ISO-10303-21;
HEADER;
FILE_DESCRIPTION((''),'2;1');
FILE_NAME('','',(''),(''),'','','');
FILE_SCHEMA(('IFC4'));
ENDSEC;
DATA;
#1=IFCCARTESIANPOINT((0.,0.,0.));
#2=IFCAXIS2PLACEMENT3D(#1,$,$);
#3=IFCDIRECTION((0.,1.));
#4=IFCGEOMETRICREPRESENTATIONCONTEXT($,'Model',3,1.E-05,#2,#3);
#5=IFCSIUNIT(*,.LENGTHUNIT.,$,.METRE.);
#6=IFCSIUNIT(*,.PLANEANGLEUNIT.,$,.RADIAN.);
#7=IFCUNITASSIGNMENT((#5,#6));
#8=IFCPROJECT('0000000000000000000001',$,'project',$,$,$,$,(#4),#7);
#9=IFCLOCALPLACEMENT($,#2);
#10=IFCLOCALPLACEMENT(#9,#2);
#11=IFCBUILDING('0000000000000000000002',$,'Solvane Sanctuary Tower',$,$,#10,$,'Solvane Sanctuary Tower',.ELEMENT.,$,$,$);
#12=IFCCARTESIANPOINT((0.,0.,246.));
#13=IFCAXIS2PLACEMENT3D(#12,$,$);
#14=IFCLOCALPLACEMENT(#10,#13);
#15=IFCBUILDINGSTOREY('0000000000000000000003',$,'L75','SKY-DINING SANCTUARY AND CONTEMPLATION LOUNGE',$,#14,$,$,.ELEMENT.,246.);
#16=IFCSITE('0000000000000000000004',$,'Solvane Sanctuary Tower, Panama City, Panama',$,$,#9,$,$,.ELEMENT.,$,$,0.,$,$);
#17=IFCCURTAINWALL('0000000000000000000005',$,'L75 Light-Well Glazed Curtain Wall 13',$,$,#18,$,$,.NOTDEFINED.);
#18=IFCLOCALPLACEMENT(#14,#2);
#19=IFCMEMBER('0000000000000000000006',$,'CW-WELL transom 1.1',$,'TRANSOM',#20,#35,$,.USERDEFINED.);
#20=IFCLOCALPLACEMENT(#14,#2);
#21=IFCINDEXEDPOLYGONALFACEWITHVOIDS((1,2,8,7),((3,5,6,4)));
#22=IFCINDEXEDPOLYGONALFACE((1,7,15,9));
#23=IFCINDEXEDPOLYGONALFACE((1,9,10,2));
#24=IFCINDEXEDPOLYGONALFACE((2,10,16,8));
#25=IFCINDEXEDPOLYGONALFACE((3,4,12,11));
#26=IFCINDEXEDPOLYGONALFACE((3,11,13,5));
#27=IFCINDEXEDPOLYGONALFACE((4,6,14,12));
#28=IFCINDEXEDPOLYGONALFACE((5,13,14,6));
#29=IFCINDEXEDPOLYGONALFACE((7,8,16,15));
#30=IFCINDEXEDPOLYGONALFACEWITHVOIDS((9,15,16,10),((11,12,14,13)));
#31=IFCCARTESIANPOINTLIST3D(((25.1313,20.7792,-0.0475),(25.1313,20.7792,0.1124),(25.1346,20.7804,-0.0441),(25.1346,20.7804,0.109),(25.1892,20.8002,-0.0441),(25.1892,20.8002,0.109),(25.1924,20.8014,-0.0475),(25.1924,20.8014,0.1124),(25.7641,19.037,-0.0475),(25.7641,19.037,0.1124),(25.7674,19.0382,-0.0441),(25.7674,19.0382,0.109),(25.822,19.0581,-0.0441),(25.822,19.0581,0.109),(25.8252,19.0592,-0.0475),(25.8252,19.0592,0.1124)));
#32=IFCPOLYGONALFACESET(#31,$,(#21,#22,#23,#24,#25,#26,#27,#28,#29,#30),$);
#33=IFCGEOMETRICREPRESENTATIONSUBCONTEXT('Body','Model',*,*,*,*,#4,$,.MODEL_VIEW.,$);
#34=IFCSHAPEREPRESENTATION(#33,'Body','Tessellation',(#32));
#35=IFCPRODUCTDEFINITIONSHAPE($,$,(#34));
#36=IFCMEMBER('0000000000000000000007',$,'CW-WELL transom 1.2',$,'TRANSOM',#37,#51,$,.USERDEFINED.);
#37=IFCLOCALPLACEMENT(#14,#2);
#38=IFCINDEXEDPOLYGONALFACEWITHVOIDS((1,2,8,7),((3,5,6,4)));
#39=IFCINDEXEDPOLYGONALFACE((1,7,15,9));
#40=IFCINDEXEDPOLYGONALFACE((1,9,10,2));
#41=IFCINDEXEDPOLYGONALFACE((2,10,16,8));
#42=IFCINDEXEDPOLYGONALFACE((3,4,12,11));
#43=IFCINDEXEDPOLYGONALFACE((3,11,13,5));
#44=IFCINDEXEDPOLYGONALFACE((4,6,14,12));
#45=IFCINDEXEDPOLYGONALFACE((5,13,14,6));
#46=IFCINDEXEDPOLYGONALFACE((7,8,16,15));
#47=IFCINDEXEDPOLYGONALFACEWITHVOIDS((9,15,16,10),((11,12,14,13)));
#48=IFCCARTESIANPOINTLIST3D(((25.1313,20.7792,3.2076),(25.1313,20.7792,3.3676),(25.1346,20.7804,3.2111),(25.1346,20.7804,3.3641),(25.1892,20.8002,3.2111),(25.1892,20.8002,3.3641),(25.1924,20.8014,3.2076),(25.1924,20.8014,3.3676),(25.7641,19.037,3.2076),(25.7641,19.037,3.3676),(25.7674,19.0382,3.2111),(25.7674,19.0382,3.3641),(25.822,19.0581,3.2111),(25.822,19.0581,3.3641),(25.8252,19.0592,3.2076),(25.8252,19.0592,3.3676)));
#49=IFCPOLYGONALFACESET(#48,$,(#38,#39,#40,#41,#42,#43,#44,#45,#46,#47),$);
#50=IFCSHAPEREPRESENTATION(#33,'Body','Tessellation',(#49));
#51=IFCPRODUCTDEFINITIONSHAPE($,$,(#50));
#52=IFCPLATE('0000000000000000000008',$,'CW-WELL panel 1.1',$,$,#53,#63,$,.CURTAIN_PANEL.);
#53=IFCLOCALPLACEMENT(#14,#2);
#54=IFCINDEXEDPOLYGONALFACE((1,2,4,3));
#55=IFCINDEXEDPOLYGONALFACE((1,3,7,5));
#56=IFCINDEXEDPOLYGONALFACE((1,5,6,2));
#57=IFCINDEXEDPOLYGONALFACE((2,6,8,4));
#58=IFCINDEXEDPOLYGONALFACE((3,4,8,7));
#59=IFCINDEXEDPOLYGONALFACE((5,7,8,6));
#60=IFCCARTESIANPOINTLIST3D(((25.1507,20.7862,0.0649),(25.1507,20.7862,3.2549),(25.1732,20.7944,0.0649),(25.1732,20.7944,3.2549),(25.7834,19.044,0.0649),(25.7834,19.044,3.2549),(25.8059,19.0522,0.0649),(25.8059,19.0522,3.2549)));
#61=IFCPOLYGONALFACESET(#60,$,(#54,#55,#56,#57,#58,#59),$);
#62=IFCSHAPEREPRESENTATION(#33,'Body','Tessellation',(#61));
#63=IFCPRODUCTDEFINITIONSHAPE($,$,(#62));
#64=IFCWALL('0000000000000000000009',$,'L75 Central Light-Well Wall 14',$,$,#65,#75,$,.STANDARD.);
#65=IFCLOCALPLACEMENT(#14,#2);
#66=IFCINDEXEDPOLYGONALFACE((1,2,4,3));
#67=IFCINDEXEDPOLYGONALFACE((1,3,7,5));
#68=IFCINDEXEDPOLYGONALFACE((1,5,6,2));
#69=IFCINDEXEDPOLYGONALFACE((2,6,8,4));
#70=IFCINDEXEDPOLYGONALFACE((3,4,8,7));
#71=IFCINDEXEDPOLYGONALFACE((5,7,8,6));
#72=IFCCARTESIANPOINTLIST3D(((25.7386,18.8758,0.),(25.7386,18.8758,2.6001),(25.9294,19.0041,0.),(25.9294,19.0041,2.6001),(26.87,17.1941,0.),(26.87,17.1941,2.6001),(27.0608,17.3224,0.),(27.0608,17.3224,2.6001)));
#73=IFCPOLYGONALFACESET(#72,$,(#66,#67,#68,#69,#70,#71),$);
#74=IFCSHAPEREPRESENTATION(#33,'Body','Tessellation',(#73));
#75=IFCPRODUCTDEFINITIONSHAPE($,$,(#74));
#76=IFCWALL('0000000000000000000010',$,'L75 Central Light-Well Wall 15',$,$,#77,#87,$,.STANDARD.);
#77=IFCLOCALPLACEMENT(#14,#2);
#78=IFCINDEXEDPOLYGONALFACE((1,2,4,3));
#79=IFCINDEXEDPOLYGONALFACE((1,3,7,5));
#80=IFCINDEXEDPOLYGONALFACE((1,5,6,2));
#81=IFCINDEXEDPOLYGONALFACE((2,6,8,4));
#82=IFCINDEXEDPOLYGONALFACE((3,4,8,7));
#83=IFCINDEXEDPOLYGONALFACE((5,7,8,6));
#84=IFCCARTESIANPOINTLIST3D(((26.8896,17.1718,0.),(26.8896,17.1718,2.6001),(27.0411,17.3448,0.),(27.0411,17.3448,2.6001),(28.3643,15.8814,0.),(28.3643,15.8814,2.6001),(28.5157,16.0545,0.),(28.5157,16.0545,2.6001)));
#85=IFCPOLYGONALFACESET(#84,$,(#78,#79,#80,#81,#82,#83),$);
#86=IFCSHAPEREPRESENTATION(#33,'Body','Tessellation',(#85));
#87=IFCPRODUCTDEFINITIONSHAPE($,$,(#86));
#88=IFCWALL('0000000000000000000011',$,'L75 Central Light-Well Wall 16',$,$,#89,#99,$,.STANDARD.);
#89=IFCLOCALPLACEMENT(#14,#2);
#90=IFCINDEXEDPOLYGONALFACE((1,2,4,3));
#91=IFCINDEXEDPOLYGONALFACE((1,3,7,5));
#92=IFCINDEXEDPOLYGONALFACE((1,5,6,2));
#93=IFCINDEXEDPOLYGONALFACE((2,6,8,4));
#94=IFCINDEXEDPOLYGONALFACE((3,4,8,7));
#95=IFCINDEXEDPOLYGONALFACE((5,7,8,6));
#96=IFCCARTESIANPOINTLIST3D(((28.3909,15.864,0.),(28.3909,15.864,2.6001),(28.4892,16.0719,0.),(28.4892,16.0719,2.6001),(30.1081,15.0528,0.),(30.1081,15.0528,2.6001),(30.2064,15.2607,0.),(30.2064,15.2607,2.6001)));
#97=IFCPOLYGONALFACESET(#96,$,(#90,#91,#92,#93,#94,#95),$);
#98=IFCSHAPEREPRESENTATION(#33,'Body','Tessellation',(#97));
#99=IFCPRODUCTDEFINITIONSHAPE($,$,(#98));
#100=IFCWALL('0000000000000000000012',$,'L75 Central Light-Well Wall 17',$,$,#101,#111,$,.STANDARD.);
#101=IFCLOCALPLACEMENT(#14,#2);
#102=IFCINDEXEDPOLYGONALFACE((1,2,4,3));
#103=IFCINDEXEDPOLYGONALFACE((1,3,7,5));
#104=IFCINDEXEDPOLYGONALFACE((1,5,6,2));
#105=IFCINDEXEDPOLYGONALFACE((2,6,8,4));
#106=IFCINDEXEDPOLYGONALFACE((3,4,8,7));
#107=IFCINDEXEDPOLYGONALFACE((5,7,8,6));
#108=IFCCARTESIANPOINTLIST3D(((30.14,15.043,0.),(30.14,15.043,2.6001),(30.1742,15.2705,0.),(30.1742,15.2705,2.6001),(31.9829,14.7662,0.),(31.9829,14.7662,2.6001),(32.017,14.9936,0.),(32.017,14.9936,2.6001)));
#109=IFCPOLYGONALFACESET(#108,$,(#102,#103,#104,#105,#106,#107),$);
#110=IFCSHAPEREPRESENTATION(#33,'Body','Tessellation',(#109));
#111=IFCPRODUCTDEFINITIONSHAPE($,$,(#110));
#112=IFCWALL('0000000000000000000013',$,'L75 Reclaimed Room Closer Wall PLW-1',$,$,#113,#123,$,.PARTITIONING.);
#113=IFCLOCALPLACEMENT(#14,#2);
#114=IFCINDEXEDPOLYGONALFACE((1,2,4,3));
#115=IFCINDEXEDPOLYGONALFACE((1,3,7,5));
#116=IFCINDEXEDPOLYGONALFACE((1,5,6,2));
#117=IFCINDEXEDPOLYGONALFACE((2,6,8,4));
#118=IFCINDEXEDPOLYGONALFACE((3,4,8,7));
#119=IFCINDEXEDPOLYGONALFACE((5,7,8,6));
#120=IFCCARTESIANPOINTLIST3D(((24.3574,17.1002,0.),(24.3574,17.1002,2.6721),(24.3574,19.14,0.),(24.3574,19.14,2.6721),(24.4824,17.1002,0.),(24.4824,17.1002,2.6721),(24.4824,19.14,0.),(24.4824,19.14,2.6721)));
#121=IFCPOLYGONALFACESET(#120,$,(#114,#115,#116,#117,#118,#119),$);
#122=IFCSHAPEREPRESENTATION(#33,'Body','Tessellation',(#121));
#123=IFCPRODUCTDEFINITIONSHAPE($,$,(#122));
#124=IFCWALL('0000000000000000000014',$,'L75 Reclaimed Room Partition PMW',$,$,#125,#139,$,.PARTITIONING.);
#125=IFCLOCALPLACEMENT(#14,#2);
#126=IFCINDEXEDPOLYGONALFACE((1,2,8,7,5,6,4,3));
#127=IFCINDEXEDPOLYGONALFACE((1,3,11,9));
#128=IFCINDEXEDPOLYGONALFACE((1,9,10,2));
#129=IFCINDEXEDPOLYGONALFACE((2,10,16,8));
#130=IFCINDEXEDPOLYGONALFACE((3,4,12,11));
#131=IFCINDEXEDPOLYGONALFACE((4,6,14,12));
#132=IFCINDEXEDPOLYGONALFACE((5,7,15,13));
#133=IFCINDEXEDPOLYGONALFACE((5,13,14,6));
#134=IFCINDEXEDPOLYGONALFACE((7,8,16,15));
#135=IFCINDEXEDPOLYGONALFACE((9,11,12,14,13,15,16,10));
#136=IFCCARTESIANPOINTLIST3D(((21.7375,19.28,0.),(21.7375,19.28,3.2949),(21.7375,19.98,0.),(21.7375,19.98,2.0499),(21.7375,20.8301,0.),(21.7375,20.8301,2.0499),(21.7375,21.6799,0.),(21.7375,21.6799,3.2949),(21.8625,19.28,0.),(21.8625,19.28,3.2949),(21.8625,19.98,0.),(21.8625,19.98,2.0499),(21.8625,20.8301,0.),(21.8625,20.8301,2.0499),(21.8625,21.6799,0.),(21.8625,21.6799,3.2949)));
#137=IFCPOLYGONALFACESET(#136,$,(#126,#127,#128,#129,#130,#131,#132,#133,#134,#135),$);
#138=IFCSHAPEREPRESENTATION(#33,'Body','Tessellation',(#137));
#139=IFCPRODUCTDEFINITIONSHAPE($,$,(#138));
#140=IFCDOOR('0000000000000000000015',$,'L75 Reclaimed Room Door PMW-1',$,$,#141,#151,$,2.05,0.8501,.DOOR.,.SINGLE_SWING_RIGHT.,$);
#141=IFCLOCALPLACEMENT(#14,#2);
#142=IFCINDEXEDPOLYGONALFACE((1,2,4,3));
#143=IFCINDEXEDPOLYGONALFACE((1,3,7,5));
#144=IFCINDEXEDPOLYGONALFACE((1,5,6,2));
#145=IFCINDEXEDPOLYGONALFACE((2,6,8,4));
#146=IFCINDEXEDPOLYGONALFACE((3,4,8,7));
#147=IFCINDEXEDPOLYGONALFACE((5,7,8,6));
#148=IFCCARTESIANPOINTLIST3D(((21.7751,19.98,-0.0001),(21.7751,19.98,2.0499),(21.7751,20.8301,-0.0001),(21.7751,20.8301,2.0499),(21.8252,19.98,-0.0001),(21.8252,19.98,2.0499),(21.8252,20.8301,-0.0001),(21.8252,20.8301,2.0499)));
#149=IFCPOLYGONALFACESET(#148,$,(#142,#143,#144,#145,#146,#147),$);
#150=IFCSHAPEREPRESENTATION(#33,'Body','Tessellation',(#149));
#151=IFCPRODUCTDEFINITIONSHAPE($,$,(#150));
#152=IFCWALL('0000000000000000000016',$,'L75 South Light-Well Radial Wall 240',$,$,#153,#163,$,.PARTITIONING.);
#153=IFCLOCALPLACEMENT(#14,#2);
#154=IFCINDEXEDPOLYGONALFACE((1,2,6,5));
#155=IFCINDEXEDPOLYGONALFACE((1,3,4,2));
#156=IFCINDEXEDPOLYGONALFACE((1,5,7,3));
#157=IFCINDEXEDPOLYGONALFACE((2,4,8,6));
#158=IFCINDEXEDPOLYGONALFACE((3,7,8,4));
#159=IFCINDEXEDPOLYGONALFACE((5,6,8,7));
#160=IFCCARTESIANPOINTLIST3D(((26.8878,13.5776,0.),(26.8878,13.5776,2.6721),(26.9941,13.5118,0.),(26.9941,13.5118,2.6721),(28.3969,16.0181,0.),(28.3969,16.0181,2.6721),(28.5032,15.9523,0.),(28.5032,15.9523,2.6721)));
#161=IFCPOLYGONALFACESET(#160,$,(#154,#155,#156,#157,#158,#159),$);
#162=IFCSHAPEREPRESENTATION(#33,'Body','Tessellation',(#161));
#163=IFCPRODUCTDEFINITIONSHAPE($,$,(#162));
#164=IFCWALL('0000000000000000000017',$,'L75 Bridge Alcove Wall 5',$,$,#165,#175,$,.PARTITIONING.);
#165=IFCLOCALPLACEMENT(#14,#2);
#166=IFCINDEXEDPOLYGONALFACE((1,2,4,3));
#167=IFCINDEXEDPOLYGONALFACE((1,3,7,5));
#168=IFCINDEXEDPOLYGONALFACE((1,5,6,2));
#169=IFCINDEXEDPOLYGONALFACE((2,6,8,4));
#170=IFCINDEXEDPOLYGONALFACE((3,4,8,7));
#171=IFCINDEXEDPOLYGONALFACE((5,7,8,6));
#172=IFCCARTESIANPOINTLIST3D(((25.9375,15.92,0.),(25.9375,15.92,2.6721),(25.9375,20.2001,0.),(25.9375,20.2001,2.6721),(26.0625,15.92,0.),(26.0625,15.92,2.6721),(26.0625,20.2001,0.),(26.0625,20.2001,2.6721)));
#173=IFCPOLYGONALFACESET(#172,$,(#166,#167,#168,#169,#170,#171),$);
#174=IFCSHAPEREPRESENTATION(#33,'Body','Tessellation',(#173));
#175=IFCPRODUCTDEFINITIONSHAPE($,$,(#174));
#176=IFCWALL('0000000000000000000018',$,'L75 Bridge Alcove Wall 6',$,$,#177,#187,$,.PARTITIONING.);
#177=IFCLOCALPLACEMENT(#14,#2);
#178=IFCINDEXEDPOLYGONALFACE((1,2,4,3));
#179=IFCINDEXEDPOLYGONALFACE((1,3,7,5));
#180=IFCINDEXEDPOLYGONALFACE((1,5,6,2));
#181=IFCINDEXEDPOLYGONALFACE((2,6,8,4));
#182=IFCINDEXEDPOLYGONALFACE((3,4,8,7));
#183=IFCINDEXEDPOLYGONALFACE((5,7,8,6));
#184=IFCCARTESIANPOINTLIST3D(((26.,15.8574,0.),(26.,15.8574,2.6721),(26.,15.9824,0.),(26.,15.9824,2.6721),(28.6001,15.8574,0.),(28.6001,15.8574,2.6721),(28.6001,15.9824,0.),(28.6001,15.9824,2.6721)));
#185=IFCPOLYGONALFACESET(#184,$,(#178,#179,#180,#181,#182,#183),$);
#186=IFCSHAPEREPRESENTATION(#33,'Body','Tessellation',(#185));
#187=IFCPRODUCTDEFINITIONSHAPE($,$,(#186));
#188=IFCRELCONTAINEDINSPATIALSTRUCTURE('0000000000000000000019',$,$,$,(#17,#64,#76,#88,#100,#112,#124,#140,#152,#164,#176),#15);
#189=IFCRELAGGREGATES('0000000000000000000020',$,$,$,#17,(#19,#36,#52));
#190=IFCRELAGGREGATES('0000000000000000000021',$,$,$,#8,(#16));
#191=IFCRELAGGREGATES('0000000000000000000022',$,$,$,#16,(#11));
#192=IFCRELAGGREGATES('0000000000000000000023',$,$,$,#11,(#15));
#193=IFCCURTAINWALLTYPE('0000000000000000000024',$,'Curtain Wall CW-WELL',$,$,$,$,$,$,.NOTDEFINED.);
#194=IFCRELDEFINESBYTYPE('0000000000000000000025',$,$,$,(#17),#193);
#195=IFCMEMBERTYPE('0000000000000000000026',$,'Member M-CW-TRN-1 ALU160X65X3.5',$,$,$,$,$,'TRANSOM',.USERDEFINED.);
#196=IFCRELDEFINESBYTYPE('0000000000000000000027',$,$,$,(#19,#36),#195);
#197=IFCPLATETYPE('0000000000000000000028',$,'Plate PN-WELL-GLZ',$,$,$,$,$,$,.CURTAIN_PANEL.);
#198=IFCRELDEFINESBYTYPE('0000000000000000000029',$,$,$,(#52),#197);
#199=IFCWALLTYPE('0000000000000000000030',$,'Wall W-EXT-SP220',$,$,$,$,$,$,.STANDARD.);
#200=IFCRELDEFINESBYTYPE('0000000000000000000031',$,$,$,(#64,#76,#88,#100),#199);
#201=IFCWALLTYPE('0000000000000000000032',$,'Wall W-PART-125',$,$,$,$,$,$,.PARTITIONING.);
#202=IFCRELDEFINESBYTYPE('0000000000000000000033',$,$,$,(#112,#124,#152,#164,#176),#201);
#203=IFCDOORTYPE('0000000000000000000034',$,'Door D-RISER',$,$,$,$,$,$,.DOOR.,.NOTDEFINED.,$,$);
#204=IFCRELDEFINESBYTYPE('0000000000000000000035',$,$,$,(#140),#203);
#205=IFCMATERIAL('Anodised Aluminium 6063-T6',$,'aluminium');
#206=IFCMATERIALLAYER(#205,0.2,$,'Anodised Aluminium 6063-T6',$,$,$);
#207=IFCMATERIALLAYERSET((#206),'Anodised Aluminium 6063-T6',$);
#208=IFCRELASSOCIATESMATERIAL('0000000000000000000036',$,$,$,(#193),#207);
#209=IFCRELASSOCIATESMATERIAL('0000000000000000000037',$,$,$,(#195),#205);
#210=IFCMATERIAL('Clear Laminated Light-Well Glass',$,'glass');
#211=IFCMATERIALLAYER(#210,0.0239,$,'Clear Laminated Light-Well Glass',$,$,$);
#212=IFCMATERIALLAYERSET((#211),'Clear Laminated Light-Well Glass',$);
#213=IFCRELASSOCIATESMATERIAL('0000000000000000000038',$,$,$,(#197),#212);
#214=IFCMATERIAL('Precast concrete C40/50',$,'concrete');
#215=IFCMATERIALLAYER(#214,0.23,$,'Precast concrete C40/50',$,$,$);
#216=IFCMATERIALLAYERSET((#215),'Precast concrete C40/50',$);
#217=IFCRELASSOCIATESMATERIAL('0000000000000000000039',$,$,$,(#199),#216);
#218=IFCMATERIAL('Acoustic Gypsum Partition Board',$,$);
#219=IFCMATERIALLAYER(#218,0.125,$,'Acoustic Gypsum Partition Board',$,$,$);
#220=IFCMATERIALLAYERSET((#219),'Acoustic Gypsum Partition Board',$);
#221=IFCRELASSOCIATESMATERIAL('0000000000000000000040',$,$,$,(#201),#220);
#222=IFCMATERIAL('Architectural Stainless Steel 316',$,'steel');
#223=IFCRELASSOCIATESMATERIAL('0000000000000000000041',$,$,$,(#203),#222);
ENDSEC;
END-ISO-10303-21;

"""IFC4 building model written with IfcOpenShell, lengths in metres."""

from ifc_helpers import new_model, si_unit, direction, frame, frame_2d, origin, origin_2d, place, context, subcontext, project, spatial, rectangle, hollow_rectangle, extrude, material, layer, layer_set, material_profile, profile_set, type_object, element, fill, aggregate, save


model = new_model("IFC4")

# Units and contexts
model_context = context("Model", 3, precision=1e-05, world=origin(), true_north=direction((0.0, 1.0)))
body_context = subcontext(model_context, "Body", "Model", "MODEL_VIEW")
ifc_project = project(units=[si_unit("LENGTHUNIT", "METRE"), si_unit("PLANEANGLEUNIT", "RADIAN")], contexts=[model_context])

# Site, building, storey
site_placement = place(None, origin())
site = spatial("IfcSite", under=ifc_project, at=site_placement, Name="Solvane Sanctuary Tower, Panama City, Panama", CompositionType="ELEMENT", RefElevation=0.0)
building_placement = place(site_placement, origin())
building = spatial("IfcBuilding", under=site, at=building_placement, Name="Solvane Sanctuary Tower", LongName="Solvane Sanctuary Tower", CompositionType="ELEMENT")
storey_placement = place(building_placement, frame((0.0, 0.0, 246.0)))
storey = spatial("IfcBuildingStorey", under=building, at=storey_placement, Name="L75", Description="SKY-DINING SANCTUARY AND CONTEMPLATION LOUNGE", CompositionType="ELEMENT", Elevation=246.0)

# Curtain wall, members, plate
ifc_material_1 = material(Name="Anodised Aluminium 6063-T6", Category="aluminium")
ifc_layer_1 = layer(ifc_material_1, 0.2, Name="Anodised Aluminium 6063-T6")
ifc_layer_set_1 = layer_set([ifc_layer_1], Name="Anodised Aluminium 6063-T6")
curtain_wall_type = type_object("IfcCurtainWallType", Name="Curtain Wall CW-WELL", PredefinedType="NOTDEFINED", material=ifc_layer_set_1)
curtain_wall_placement = place(storey_placement, origin())
curtain_wall = element("IfcCurtainWall", 1, at=curtain_wall_placement, inside=storey, type_object=curtain_wall_type, Name="L75 Light-Well Glazed Curtain Wall 13", PredefinedType="NOTDEFINED")
ifc_material_profile_1 = material_profile(ifc_material_1, hollow_rectangle(XDim=0.0649, YDim=0.1599, WallThickness=0.0034, at=origin_2d()), Name="ALU160X65X3.5")
ifc_profile_set_1 = profile_set([ifc_material_profile_1], Name="Anodised Aluminium 6063-T6")
member_type_1 = type_object("IfcMemberType", Name="Member M-CW-TRN-1 ALU160X65X3.5", ElementType="TRANSOM", PredefinedType="USERDEFINED", material=ifc_profile_set_1)
member_1_placement = place(storey_placement, frame((25.1619, 20.7903, 0.0325), z_axis=(0.341405, -0.939916, 0.0), x_axis=(0.939916, 0.341405, 0.0)))
member_1 = element("IfcMember", 2, at=member_1_placement, type_object=member_type_1, Name="CW-WELL transom 1.1", ObjectType="TRANSOM", PredefinedType="USERDEFINED", context=body_context, shape_type="SweptSolid", body=[
    extrude(hollow_rectangle(XDim=0.0649, YDim=0.1599, WallThickness=0.0034, at=origin_2d()), origin(), (0.0, 0.0, 1.0), 1.8535),
])
member_2_placement = place(storey_placement, frame((25.1619, 20.7903, 3.2876), z_axis=(0.341405, -0.939916, 0.0), x_axis=(0.939916, 0.341405, 0.0)))
member_2 = element("IfcMember", 3, at=member_2_placement, type_object=member_type_1, Name="CW-WELL transom 1.2", ObjectType="TRANSOM", PredefinedType="USERDEFINED", context=body_context, shape_type="SweptSolid", body=[
    extrude(hollow_rectangle(XDim=0.0649, YDim=0.1599, WallThickness=0.0034, at=origin_2d()), origin(), (0.0, 0.0, 1.0), 1.8535),
])
ifc_material_2 = material(Name="Clear Laminated Light-Well Glass", Category="glass")
ifc_layer_2 = layer(ifc_material_2, 0.0239, Name="Clear Laminated Light-Well Glass")
ifc_layer_set_2 = layer_set([ifc_layer_2], Name="Clear Laminated Light-Well Glass")
plate_type = type_object("IfcPlateType", Name="Plate PN-WELL-GLZ", PredefinedType="CURTAIN_PANEL", material=ifc_layer_set_2)
plate_placement = place(storey_placement, frame((25.4783, 19.9192, 0.0649), z_axis=(0.0, 0.0, 1.0), x_axis=(0.341358, -0.939933, 0.0)))
plate = element("IfcPlate", 4, at=plate_placement, type_object=plate_type, Name="CW-WELL panel 1.1", PredefinedType="CURTAIN_PANEL", context=body_context, shape_type="SweptSolid", body=[
    extrude(rectangle(XDim=1.8535, YDim=0.0239, at=origin_2d()), origin(), (0.0, 0.0, 1.0), 3.1899),
])
aggregate(curtain_wall, [member_1, member_2, plate])

# Walls
ifc_material_3 = material(Name="Precast concrete C40/50", Category="concrete")
ifc_layer_3 = layer(ifc_material_3, 0.23, Name="Precast concrete C40/50")
ifc_layer_set_3 = layer_set([ifc_layer_3], Name="Precast concrete C40/50")
wall_type_1 = type_object("IfcWallType", Name="Wall W-EXT-SP220", PredefinedType="STANDARD", material=ifc_layer_set_3)
wall_1_placement = place(storey_placement, frame((25.834, 18.9399, 0.0), z_axis=(0.0, 0.0, 1.0), x_axis=(0.558198, -0.829708, 0.0)))
element("IfcWall", 5, at=wall_1_placement, inside=storey, type_object=wall_type_1, Name="L75 Central Light-Well Wall 14", PredefinedType="STANDARD", context=body_context, shape_type="SweptSolid", body=[
    extrude(rectangle(XDim=2.0269, YDim=0.23, at=frame_2d((1.0134, 0.0))), origin(), (0.0, 0.0, 1.0), 2.6001),
])
wall_2_placement = place(storey_placement, frame((26.9653, 17.2583, 0.0), z_axis=(0.0, 0.0, 1.0), x_axis=(0.752577, -0.658505, 0.0)))
element("IfcWall", 6, at=wall_2_placement, inside=storey, type_object=wall_type_1, Name="L75 Central Light-Well Wall 15", PredefinedType="STANDARD", context=body_context, shape_type="SweptSolid", body=[
    extrude(rectangle(XDim=1.9595, YDim=0.23, at=frame_2d((0.9797, 0.0))), origin(), (0.0, 0.0, 1.0), 2.6001),
])
wall_3_placement = place(storey_placement, frame((28.4399, 15.968, 0.0), z_axis=(0.0, 0.0, 1.0), x_axis=(0.90418, -0.427152, 0.0)))
element("IfcWall", 7, at=wall_3_placement, inside=storey, type_object=wall_type_1, Name="L75 Central Light-Well Wall 16", PredefinedType="STANDARD", context=body_context, shape_type="SweptSolid", body=[
    extrude(rectangle(XDim=1.8992, YDim=0.23, at=frame_2d((0.9497, 0.0))), origin(), (0.0, 0.0, 1.0), 2.6001),
])
wall_4_placement = place(storey_placement, frame((30.1572, 15.1567, 0.0), z_axis=(0.0, 0.0, 1.0), x_axis=(0.988902, -0.148571, 0.0)))
element("IfcWall", 8, at=wall_4_placement, inside=storey, type_object=wall_type_1, Name="L75 Central Light-Well Wall 17", PredefinedType="STANDARD", context=body_context, shape_type="SweptSolid", body=[
    extrude(rectangle(XDim=1.8635, YDim=0.23, at=frame_2d((0.9316, 0.0))), origin(), (0.0, 0.0, 1.0), 2.6001),
])
ifc_material_4 = material(Name="Acoustic Gypsum Partition Board")
ifc_layer_4 = layer(ifc_material_4, 0.125, Name="Acoustic Gypsum Partition Board")
ifc_layer_set_4 = layer_set([ifc_layer_4], Name="Acoustic Gypsum Partition Board")
wall_type_2 = type_object("IfcWallType", Name="Wall W-PART-125", PredefinedType="PARTITIONING", material=ifc_layer_set_4)
wall_5_placement = place(storey_placement, frame((24.4199, 17.1001, 0.0), z_axis=(0.0, 0.0, 1.0), x_axis=(0.0, 1.0, 0.0)))
element("IfcWall", 9, at=wall_5_placement, inside=storey, type_object=wall_type_2, Name="L75 Reclaimed Room Closer Wall PLW-1", PredefinedType="PARTITIONING", context=body_context, shape_type="SweptSolid", body=[
    extrude(rectangle(XDim=2.0398, YDim=0.125, at=frame_2d((1.02, 0.0))), origin(), (0.0, 0.0, 1.0), 2.6721),
])

# Wall, opening, door
wall_6_placement = place(storey_placement, frame((21.8, 19.28, 0.0), z_axis=(0.0, 0.0, 1.0), x_axis=(0.0, 1.0, 0.0)))
wall_6 = element("IfcWall", 10, at=wall_6_placement, inside=storey, type_object=wall_type_2, Name="L75 Reclaimed Room Partition PMW", PredefinedType="PARTITIONING", context=body_context, shape_type="SweptSolid", body=[
    extrude(rectangle(XDim=2.3999, YDim=0.125, at=frame_2d((1.2, 0.0))), origin(), (0.0, 0.0, 1.0), 3.2949),
])
opening_placement = place(wall_6_placement, frame((0.7, 0.0, 0.0)))
opening = element("IfcOpeningElement", 11, at=opening_placement, cuts=wall_6, PredefinedType="OPENING", context=body_context, shape_type="SweptSolid", body=[
    extrude(rectangle(XDim=0.8501, YDim=2.05, at=frame_2d((0.425, 1.0249))), frame((0.0, 0.0725, 0.0), z_axis=(0.0, -1.0, 0.0), x_axis=(1.0, 0.0, 0.0)), (0.0, 0.0, 1.0), 0.145),
])
ifc_material_5 = material(Name="Architectural Stainless Steel 316", Category="steel")
door_type = type_object("IfcDoorType", Name="Door D-RISER", OperationType="NOTDEFINED", PredefinedType="DOOR", material=ifc_material_5)
door_placement = place(opening_placement, origin())
door = element("IfcDoor", 12, at=door_placement, inside=storey, type_object=door_type, Name="L75 Reclaimed Room Door PMW-1", OperationType="SINGLE_SWING_RIGHT", OverallHeight=2.05, OverallWidth=0.8501, PredefinedType="DOOR", context=body_context, shape_type="SweptSolid", body=[
    extrude(rectangle(XDim=0.8501, YDim=2.05, at=frame_2d((0.425, 1.0249))), frame((0.0, 0.0249, 0.0), z_axis=(0.0, -1.0, 0.0), x_axis=(1.0, 0.0, 0.0)), (0.0, 0.0, 1.0), 0.05),
])
fill(opening, door)

# Walls
wall_7_placement = place(storey_placement, frame((28.45, 15.9851, 0.0), z_axis=(0.0, 0.0, 1.0), x_axis=(-0.525924, -0.850532, 0.0)))
element("IfcWall", 13, at=wall_7_placement, inside=storey, type_object=wall_type_2, Name="L75 South Light-Well Radial Wall 240", PredefinedType="PARTITIONING", context=body_context, shape_type="SweptSolid", body=[
    extrude(rectangle(XDim=2.8694, YDim=0.125, at=frame_2d((1.4346, 0.0))), origin(), (0.0, 0.0, 1.0), 2.6721),
])
wall_8_placement = place(storey_placement, frame((26.0, 15.9199, 0.0), z_axis=(0.0, 0.0, 1.0), x_axis=(0.0, 1.0, 0.0)))
element("IfcWall", 14, at=wall_8_placement, inside=storey, type_object=wall_type_2, Name="L75 Bridge Alcove Wall 5", PredefinedType="PARTITIONING", context=body_context, shape_type="SweptSolid", body=[
    extrude(rectangle(XDim=4.28, YDim=0.125, at=frame_2d((2.1401, 0.0))), origin(), (0.0, 0.0, 1.0), 2.6721),
])
wall_9_placement = place(storey_placement, frame((26.0, 15.9199, 0.0), z_axis=(0.0, 0.0, 1.0), x_axis=(1.0, 0.0, 0.0)))
element("IfcWall", 15, at=wall_9_placement, inside=storey, type_object=wall_type_2, Name="L75 Bridge Alcove Wall 6", PredefinedType="PARTITIONING", context=body_context, shape_type="SweptSolid", body=[
    extrude(rectangle(XDim=2.6001, YDim=0.125, at=frame_2d((1.3, 0.0))), origin(), (0.0, 0.0, 1.0), 2.6721),
])

save(model, "model.ifc")
